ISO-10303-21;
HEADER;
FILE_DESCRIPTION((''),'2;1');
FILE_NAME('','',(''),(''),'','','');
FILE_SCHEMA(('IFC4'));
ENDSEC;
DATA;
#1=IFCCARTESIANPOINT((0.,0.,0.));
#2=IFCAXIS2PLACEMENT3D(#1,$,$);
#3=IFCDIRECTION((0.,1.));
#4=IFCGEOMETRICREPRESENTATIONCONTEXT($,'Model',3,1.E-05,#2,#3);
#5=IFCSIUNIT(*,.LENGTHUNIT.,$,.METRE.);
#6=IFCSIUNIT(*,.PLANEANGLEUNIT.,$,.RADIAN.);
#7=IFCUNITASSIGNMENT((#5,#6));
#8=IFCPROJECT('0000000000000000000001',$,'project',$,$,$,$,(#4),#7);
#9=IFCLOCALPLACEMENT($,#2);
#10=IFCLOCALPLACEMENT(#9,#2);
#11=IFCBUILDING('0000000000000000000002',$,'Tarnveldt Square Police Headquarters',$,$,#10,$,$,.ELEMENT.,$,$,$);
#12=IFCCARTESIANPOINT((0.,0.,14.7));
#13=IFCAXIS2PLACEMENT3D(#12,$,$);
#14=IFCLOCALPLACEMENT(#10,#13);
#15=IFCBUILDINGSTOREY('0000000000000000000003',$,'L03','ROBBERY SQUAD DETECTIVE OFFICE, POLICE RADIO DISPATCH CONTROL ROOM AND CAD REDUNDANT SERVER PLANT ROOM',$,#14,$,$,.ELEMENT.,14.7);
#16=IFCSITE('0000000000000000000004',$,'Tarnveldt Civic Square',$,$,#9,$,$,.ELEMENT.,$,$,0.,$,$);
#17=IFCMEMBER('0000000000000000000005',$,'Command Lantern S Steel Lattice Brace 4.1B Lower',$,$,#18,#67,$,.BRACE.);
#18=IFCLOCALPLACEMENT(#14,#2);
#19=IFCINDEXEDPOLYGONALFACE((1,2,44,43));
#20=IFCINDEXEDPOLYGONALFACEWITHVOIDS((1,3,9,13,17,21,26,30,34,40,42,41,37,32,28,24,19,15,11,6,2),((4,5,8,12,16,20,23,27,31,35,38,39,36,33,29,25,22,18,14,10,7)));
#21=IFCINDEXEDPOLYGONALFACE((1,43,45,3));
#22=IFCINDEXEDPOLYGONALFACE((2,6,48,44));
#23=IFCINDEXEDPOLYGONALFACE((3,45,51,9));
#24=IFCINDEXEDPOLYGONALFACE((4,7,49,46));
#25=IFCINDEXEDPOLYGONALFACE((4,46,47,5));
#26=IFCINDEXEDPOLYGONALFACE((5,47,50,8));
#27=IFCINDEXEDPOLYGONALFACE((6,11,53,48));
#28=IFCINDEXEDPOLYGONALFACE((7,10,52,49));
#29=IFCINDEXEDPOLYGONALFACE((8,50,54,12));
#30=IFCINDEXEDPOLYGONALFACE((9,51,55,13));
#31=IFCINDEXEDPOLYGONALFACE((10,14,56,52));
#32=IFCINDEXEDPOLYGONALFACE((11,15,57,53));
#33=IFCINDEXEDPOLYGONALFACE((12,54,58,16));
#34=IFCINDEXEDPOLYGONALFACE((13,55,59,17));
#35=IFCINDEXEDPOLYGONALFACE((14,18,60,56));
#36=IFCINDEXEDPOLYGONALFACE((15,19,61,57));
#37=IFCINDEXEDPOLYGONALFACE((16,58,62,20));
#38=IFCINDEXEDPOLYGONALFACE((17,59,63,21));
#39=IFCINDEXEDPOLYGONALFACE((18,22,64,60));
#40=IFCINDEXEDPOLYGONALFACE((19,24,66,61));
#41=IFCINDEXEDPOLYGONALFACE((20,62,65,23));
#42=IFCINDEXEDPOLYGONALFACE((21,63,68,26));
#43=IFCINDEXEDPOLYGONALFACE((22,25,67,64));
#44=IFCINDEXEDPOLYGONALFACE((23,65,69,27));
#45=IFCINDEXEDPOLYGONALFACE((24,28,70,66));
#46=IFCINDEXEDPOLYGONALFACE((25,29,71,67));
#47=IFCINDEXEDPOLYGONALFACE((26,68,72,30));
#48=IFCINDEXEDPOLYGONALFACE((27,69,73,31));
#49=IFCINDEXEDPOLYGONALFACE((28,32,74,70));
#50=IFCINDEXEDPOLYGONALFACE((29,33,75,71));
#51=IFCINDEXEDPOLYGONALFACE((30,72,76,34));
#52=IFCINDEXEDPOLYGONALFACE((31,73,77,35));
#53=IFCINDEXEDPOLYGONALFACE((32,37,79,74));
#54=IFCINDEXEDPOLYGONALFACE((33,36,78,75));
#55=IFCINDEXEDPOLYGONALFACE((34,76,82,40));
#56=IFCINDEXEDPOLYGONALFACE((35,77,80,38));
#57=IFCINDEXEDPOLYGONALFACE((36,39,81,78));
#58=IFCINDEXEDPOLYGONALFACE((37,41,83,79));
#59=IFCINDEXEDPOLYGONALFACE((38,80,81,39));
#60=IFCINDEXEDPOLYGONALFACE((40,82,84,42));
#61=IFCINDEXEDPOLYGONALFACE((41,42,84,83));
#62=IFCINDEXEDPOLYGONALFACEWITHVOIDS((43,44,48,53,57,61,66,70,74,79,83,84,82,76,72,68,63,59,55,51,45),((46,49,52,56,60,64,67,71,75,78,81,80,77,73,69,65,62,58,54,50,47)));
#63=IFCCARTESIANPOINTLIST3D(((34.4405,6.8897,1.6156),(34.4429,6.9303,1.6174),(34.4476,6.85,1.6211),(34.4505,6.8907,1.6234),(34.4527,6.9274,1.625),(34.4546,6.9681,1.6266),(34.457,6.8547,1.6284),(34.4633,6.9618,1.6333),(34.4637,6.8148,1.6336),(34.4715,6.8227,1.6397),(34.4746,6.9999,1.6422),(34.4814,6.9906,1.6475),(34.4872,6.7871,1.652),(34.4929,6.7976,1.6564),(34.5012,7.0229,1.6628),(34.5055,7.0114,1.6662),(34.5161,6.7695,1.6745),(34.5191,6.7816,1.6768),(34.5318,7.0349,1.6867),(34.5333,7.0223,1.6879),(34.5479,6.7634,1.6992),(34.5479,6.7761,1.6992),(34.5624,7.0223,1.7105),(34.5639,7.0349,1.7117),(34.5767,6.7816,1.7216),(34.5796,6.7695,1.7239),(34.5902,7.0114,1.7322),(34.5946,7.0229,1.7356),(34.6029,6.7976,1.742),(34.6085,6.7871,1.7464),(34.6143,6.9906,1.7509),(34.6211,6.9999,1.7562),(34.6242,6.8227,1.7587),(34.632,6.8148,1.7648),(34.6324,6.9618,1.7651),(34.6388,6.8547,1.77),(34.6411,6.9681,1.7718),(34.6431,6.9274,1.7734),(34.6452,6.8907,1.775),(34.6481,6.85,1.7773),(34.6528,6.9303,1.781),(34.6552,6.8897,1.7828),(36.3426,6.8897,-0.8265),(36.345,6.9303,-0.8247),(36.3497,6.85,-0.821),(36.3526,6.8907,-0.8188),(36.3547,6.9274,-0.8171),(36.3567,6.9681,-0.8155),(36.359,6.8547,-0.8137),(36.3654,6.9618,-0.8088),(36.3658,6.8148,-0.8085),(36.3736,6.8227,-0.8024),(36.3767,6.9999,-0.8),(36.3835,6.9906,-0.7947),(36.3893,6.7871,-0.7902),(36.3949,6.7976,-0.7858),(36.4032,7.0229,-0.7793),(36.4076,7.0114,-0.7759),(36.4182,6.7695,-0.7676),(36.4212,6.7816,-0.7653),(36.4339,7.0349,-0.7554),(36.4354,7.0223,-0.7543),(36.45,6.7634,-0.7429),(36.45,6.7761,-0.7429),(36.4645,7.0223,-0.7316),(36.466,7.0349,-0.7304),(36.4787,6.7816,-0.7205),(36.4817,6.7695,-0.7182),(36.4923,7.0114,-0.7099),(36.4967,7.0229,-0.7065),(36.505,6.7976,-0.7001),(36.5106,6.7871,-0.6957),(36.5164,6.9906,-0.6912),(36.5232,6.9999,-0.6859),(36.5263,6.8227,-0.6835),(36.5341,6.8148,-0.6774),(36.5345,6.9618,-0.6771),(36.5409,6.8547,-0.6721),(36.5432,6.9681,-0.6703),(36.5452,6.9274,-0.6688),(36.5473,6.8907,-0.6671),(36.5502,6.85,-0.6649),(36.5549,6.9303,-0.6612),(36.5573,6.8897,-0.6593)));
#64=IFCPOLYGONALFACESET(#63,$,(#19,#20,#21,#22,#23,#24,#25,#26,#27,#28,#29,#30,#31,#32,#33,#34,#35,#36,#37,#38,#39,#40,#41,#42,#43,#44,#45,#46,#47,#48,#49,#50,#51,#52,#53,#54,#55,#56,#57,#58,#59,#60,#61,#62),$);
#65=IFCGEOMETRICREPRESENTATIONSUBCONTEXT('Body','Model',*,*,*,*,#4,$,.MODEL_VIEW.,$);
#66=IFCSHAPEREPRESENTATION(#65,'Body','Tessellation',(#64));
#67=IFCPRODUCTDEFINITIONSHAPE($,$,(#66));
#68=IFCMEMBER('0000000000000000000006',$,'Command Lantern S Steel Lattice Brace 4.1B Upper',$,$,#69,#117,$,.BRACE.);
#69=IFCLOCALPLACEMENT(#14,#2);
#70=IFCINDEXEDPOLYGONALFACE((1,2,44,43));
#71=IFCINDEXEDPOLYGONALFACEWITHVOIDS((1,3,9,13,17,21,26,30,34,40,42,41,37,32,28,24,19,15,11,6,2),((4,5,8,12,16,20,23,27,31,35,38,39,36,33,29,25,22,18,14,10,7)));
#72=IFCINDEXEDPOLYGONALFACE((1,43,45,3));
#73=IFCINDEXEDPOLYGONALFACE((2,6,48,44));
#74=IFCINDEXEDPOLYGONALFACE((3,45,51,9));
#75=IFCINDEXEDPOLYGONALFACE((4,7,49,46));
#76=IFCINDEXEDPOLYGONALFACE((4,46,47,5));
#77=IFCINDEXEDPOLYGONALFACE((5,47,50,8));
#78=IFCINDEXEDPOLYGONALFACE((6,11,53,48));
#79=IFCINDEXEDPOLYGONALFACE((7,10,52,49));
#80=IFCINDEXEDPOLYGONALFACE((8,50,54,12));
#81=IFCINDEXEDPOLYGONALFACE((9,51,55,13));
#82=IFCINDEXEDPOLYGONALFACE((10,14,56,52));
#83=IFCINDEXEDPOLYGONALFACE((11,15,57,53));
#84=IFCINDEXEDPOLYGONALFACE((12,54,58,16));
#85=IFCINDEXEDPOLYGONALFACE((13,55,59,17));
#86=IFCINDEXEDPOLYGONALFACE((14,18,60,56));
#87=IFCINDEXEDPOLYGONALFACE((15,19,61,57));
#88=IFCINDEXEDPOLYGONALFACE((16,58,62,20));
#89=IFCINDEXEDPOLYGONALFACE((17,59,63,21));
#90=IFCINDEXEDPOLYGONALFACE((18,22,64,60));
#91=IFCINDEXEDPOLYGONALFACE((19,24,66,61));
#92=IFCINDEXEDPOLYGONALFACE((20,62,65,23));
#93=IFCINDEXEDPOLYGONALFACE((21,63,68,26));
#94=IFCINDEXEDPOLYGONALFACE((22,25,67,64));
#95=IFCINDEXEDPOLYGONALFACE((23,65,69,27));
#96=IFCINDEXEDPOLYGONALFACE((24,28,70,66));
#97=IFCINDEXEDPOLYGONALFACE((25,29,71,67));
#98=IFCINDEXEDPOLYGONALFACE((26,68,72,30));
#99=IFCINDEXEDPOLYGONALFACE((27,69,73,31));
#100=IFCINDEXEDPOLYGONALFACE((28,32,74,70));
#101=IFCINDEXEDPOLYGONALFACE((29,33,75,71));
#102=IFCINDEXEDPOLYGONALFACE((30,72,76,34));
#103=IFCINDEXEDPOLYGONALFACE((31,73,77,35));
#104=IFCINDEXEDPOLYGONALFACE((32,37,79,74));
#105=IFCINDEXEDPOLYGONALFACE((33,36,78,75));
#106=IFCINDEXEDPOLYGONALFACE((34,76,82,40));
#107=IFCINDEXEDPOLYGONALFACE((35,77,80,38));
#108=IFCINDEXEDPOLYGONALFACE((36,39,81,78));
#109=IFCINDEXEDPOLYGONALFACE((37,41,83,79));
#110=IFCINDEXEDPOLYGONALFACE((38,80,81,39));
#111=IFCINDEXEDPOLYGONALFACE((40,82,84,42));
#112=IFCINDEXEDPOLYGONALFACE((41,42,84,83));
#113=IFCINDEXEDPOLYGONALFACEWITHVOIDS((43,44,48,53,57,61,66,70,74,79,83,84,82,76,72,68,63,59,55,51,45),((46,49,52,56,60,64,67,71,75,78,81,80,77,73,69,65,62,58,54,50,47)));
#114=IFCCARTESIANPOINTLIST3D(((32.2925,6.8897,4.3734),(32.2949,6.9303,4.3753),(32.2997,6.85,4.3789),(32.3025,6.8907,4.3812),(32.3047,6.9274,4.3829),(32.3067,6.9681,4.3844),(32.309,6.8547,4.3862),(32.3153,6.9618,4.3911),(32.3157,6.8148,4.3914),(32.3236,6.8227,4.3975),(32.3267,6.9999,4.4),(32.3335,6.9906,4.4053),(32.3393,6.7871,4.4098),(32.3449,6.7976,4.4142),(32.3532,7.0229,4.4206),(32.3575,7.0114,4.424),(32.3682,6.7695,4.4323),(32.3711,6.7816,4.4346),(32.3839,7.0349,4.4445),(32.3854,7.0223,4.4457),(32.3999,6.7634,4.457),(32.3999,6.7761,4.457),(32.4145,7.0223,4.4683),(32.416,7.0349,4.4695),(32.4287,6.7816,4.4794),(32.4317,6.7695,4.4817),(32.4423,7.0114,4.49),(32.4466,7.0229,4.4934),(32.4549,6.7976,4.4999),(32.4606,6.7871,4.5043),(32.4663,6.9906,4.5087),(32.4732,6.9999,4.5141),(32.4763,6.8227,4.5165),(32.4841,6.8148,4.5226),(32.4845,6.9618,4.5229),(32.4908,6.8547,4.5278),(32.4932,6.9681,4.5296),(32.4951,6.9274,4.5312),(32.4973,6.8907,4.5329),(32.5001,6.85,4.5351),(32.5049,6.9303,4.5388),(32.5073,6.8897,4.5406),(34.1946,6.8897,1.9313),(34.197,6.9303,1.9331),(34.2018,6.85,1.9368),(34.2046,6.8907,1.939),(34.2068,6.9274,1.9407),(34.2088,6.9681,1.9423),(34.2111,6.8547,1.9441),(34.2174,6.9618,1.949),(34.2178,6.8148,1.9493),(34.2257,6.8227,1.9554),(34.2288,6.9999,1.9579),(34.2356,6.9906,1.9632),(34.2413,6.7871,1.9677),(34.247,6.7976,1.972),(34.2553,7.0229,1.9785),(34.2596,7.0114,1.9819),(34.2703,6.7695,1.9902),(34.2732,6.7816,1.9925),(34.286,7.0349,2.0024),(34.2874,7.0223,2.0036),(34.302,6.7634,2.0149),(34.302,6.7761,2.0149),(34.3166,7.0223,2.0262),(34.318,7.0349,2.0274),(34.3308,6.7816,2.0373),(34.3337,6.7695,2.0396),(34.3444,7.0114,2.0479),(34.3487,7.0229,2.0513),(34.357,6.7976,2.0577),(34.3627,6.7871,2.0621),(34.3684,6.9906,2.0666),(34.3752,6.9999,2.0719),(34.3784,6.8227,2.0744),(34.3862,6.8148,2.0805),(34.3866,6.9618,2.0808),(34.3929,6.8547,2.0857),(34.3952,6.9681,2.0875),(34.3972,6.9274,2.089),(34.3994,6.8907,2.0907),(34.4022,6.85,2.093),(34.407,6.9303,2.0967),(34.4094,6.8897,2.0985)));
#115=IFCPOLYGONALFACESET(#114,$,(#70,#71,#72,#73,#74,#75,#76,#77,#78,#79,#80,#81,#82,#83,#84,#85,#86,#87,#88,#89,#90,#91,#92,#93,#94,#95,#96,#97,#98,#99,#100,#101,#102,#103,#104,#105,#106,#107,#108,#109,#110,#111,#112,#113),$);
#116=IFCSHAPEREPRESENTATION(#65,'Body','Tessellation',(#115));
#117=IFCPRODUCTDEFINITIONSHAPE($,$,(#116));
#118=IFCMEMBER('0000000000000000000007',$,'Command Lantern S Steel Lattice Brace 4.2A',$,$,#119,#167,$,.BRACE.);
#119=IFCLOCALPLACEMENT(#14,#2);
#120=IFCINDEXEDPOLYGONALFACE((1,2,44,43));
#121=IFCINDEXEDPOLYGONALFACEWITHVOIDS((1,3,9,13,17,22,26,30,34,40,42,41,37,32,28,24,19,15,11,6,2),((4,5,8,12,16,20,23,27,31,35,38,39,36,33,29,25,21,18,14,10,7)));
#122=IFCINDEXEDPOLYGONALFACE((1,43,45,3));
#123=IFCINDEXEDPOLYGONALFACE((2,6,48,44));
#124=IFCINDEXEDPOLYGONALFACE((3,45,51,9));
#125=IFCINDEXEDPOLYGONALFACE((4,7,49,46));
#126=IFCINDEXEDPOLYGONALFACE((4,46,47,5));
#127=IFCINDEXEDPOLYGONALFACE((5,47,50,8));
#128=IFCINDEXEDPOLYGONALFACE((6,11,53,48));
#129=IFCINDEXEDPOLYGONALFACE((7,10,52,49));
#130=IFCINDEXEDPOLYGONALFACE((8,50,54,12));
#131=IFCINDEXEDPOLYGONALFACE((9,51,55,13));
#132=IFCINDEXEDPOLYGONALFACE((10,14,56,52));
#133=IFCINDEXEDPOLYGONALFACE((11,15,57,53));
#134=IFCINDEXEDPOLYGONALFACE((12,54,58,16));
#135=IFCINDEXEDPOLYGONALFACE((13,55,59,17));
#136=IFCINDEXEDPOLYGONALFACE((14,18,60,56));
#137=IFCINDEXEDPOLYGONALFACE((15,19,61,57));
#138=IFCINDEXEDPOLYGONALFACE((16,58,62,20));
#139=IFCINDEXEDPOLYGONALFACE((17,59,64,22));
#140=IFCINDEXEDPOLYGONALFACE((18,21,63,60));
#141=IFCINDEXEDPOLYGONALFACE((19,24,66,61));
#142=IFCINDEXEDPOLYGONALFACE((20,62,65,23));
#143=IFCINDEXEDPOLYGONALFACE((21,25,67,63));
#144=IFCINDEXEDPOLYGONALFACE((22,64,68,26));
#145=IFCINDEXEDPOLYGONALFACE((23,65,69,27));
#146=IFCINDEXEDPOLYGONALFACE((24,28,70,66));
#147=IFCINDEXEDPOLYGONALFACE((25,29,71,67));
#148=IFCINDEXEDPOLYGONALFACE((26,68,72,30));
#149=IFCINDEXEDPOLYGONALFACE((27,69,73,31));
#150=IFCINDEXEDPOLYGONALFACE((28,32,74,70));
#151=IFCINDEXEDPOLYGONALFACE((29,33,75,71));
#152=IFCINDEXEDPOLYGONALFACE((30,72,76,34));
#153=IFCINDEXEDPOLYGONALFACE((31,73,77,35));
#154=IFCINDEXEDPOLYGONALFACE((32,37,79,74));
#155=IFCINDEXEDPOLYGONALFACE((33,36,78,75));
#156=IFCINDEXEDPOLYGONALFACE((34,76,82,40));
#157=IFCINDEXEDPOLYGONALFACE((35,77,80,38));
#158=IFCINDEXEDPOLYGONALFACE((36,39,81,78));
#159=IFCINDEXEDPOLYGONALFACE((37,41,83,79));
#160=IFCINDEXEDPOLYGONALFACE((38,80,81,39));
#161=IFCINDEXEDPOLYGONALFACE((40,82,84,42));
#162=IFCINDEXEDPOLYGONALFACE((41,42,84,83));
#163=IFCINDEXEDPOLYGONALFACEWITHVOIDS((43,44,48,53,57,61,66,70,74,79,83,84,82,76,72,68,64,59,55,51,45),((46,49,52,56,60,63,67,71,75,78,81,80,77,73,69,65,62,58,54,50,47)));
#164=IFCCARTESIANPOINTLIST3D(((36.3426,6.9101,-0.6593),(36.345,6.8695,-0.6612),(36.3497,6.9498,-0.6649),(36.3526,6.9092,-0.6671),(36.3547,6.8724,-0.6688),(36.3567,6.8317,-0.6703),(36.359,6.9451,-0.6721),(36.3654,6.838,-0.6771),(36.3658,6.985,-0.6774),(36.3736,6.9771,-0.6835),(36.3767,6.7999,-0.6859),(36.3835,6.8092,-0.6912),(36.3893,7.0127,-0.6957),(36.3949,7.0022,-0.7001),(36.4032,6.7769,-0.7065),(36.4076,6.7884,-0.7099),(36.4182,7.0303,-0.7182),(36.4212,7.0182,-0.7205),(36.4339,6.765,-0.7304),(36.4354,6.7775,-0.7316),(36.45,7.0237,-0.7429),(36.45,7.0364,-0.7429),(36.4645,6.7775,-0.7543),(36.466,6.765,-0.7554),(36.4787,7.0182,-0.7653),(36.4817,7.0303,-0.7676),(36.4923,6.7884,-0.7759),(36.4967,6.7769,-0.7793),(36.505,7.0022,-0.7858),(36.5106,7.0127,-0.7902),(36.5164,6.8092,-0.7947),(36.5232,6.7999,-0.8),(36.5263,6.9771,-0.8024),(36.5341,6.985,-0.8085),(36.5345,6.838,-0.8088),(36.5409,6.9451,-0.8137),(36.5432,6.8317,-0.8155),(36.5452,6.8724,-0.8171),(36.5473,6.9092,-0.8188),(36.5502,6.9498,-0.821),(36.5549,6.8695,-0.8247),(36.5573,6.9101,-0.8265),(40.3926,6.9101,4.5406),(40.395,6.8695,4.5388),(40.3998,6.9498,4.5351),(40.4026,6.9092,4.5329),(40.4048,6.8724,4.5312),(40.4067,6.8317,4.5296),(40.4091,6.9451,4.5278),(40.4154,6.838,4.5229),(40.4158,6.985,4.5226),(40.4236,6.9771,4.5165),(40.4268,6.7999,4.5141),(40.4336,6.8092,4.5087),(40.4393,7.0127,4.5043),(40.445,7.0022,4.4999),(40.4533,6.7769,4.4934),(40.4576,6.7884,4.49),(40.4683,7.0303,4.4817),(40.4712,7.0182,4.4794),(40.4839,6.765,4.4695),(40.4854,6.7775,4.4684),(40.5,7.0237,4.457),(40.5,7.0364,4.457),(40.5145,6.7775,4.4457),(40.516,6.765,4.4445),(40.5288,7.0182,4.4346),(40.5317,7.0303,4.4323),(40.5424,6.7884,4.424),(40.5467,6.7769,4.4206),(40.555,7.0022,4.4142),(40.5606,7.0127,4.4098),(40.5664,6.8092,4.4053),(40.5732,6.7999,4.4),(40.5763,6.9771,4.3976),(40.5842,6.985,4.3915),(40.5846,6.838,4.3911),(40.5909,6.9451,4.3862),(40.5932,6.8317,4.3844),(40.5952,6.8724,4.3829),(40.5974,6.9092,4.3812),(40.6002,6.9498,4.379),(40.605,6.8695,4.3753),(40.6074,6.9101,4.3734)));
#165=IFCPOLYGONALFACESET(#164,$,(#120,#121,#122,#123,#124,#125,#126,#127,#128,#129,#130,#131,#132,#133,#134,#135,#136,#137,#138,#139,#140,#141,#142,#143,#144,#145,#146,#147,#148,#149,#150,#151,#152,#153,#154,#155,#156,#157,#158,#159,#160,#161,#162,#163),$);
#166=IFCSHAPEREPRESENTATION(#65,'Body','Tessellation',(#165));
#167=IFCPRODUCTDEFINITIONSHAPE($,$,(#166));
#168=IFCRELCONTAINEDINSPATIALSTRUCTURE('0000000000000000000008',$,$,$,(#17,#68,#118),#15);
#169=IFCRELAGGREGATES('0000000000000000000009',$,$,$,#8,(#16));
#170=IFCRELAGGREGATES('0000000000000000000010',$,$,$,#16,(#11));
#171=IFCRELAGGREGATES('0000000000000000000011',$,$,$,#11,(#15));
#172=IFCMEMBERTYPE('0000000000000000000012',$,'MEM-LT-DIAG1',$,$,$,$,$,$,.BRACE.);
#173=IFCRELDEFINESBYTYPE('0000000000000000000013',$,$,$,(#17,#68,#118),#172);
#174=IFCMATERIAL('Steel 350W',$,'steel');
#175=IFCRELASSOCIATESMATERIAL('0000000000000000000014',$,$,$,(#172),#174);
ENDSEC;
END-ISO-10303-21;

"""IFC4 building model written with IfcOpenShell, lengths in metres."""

from ifc_helpers import new_model, si_unit, direction, frame, origin, origin_2d, place, context, subcontext, project, spatial, hollow_circle, extrude, material, material_profile, profile_set, type_object, element, save


model = new_model("IFC4")

# Units and contexts
model_context = context("Model", 3, precision=1e-05, world=origin(), true_north=direction((0.0, 1.0)))
body_context = subcontext(model_context, "Body", "Model", "MODEL_VIEW")
ifc_project = project(units=[si_unit("LENGTHUNIT", "METRE"), si_unit("PLANEANGLEUNIT", "RADIAN")], contexts=[model_context])

# Site, building, storey
site_placement = place(None, origin())
site = spatial("IfcSite", under=ifc_project, at=site_placement, Name="Tarnveldt Civic Square", CompositionType="ELEMENT", RefElevation=0.0)
building_placement = place(site_placement, origin())
building = spatial("IfcBuilding", under=site, at=building_placement, Name="Tarnveldt Square Police Headquarters", CompositionType="ELEMENT")
storey_placement = place(building_placement, frame((0.0, 0.0, 14.7)))
storey = spatial("IfcBuildingStorey", under=building, at=storey_placement, Name="L03", Description="ROBBERY SQUAD DETECTIVE OFFICE, POLICE RADIO DISPATCH CONTROL ROOM AND CAD REDUNDANT SERVER PLANT ROOM", CompositionType="ELEMENT", Elevation=14.7)

# Members
ifc_material_1 = material(Name="Steel 350W", Category="steel")
ifc_material_profile_1 = material_profile(ifc_material_1, hollow_circle(Radius=0.1365, WallThickness=0.0127, at=origin_2d()), Name="HSS273x13")
ifc_profile_set_1 = profile_set([ifc_material_profile_1], Name="Steel 350W")
member_type_1 = type_object("IfcMemberType", Name="MEM-LT-DIAG1", PredefinedType="BRACE", material=ifc_profile_set_1)
for number, where, z_axis, x_axis, name in (
    (1, (36.45, 6.8999, -0.7429), (-0.614476, 0.0, 0.788936), (0.0, -1.0, 0.0), "Command Lantern S Steel Lattice Brace 4.1B Lower"),
    (2, (34.302, 6.8999, 2.0149), (-0.614476, 0.0, 0.788936), (0.0, -1.0, 0.0), "Command Lantern S Steel Lattice Brace 4.1B Upper"),
):
    element("IfcMember", number, at=place(storey_placement, frame(where, z_axis=z_axis, x_axis=x_axis)), inside=storey, type_object=member_type_1, Name=name, PredefinedType="BRACE", context=body_context, shape_type="SweptSolid", body=[
        extrude(hollow_circle(Radius=0.1365, WallThickness=0.0127, at=origin_2d()), origin(), (0.0, 0.0, 1.0), 3.0955),
    ])
member_1_placement = place(storey_placement, frame((36.45, 6.8999, -0.7429), z_axis=(0.614474, 0.0, 0.788937), x_axis=(0.0, 1.0, 0.0)))
element("IfcMember", 3, at=member_1_placement, inside=storey, type_object=member_type_1, Name="Command Lantern S Steel Lattice Brace 4.2A", PredefinedType="BRACE", context=body_context, shape_type="SweptSolid", body=[
    extrude(hollow_circle(Radius=0.1365, WallThickness=0.0127, at=origin_2d()), origin(), (0.0, 0.0, 1.0), 6.5911),
])

save(model, "model.ifc")
